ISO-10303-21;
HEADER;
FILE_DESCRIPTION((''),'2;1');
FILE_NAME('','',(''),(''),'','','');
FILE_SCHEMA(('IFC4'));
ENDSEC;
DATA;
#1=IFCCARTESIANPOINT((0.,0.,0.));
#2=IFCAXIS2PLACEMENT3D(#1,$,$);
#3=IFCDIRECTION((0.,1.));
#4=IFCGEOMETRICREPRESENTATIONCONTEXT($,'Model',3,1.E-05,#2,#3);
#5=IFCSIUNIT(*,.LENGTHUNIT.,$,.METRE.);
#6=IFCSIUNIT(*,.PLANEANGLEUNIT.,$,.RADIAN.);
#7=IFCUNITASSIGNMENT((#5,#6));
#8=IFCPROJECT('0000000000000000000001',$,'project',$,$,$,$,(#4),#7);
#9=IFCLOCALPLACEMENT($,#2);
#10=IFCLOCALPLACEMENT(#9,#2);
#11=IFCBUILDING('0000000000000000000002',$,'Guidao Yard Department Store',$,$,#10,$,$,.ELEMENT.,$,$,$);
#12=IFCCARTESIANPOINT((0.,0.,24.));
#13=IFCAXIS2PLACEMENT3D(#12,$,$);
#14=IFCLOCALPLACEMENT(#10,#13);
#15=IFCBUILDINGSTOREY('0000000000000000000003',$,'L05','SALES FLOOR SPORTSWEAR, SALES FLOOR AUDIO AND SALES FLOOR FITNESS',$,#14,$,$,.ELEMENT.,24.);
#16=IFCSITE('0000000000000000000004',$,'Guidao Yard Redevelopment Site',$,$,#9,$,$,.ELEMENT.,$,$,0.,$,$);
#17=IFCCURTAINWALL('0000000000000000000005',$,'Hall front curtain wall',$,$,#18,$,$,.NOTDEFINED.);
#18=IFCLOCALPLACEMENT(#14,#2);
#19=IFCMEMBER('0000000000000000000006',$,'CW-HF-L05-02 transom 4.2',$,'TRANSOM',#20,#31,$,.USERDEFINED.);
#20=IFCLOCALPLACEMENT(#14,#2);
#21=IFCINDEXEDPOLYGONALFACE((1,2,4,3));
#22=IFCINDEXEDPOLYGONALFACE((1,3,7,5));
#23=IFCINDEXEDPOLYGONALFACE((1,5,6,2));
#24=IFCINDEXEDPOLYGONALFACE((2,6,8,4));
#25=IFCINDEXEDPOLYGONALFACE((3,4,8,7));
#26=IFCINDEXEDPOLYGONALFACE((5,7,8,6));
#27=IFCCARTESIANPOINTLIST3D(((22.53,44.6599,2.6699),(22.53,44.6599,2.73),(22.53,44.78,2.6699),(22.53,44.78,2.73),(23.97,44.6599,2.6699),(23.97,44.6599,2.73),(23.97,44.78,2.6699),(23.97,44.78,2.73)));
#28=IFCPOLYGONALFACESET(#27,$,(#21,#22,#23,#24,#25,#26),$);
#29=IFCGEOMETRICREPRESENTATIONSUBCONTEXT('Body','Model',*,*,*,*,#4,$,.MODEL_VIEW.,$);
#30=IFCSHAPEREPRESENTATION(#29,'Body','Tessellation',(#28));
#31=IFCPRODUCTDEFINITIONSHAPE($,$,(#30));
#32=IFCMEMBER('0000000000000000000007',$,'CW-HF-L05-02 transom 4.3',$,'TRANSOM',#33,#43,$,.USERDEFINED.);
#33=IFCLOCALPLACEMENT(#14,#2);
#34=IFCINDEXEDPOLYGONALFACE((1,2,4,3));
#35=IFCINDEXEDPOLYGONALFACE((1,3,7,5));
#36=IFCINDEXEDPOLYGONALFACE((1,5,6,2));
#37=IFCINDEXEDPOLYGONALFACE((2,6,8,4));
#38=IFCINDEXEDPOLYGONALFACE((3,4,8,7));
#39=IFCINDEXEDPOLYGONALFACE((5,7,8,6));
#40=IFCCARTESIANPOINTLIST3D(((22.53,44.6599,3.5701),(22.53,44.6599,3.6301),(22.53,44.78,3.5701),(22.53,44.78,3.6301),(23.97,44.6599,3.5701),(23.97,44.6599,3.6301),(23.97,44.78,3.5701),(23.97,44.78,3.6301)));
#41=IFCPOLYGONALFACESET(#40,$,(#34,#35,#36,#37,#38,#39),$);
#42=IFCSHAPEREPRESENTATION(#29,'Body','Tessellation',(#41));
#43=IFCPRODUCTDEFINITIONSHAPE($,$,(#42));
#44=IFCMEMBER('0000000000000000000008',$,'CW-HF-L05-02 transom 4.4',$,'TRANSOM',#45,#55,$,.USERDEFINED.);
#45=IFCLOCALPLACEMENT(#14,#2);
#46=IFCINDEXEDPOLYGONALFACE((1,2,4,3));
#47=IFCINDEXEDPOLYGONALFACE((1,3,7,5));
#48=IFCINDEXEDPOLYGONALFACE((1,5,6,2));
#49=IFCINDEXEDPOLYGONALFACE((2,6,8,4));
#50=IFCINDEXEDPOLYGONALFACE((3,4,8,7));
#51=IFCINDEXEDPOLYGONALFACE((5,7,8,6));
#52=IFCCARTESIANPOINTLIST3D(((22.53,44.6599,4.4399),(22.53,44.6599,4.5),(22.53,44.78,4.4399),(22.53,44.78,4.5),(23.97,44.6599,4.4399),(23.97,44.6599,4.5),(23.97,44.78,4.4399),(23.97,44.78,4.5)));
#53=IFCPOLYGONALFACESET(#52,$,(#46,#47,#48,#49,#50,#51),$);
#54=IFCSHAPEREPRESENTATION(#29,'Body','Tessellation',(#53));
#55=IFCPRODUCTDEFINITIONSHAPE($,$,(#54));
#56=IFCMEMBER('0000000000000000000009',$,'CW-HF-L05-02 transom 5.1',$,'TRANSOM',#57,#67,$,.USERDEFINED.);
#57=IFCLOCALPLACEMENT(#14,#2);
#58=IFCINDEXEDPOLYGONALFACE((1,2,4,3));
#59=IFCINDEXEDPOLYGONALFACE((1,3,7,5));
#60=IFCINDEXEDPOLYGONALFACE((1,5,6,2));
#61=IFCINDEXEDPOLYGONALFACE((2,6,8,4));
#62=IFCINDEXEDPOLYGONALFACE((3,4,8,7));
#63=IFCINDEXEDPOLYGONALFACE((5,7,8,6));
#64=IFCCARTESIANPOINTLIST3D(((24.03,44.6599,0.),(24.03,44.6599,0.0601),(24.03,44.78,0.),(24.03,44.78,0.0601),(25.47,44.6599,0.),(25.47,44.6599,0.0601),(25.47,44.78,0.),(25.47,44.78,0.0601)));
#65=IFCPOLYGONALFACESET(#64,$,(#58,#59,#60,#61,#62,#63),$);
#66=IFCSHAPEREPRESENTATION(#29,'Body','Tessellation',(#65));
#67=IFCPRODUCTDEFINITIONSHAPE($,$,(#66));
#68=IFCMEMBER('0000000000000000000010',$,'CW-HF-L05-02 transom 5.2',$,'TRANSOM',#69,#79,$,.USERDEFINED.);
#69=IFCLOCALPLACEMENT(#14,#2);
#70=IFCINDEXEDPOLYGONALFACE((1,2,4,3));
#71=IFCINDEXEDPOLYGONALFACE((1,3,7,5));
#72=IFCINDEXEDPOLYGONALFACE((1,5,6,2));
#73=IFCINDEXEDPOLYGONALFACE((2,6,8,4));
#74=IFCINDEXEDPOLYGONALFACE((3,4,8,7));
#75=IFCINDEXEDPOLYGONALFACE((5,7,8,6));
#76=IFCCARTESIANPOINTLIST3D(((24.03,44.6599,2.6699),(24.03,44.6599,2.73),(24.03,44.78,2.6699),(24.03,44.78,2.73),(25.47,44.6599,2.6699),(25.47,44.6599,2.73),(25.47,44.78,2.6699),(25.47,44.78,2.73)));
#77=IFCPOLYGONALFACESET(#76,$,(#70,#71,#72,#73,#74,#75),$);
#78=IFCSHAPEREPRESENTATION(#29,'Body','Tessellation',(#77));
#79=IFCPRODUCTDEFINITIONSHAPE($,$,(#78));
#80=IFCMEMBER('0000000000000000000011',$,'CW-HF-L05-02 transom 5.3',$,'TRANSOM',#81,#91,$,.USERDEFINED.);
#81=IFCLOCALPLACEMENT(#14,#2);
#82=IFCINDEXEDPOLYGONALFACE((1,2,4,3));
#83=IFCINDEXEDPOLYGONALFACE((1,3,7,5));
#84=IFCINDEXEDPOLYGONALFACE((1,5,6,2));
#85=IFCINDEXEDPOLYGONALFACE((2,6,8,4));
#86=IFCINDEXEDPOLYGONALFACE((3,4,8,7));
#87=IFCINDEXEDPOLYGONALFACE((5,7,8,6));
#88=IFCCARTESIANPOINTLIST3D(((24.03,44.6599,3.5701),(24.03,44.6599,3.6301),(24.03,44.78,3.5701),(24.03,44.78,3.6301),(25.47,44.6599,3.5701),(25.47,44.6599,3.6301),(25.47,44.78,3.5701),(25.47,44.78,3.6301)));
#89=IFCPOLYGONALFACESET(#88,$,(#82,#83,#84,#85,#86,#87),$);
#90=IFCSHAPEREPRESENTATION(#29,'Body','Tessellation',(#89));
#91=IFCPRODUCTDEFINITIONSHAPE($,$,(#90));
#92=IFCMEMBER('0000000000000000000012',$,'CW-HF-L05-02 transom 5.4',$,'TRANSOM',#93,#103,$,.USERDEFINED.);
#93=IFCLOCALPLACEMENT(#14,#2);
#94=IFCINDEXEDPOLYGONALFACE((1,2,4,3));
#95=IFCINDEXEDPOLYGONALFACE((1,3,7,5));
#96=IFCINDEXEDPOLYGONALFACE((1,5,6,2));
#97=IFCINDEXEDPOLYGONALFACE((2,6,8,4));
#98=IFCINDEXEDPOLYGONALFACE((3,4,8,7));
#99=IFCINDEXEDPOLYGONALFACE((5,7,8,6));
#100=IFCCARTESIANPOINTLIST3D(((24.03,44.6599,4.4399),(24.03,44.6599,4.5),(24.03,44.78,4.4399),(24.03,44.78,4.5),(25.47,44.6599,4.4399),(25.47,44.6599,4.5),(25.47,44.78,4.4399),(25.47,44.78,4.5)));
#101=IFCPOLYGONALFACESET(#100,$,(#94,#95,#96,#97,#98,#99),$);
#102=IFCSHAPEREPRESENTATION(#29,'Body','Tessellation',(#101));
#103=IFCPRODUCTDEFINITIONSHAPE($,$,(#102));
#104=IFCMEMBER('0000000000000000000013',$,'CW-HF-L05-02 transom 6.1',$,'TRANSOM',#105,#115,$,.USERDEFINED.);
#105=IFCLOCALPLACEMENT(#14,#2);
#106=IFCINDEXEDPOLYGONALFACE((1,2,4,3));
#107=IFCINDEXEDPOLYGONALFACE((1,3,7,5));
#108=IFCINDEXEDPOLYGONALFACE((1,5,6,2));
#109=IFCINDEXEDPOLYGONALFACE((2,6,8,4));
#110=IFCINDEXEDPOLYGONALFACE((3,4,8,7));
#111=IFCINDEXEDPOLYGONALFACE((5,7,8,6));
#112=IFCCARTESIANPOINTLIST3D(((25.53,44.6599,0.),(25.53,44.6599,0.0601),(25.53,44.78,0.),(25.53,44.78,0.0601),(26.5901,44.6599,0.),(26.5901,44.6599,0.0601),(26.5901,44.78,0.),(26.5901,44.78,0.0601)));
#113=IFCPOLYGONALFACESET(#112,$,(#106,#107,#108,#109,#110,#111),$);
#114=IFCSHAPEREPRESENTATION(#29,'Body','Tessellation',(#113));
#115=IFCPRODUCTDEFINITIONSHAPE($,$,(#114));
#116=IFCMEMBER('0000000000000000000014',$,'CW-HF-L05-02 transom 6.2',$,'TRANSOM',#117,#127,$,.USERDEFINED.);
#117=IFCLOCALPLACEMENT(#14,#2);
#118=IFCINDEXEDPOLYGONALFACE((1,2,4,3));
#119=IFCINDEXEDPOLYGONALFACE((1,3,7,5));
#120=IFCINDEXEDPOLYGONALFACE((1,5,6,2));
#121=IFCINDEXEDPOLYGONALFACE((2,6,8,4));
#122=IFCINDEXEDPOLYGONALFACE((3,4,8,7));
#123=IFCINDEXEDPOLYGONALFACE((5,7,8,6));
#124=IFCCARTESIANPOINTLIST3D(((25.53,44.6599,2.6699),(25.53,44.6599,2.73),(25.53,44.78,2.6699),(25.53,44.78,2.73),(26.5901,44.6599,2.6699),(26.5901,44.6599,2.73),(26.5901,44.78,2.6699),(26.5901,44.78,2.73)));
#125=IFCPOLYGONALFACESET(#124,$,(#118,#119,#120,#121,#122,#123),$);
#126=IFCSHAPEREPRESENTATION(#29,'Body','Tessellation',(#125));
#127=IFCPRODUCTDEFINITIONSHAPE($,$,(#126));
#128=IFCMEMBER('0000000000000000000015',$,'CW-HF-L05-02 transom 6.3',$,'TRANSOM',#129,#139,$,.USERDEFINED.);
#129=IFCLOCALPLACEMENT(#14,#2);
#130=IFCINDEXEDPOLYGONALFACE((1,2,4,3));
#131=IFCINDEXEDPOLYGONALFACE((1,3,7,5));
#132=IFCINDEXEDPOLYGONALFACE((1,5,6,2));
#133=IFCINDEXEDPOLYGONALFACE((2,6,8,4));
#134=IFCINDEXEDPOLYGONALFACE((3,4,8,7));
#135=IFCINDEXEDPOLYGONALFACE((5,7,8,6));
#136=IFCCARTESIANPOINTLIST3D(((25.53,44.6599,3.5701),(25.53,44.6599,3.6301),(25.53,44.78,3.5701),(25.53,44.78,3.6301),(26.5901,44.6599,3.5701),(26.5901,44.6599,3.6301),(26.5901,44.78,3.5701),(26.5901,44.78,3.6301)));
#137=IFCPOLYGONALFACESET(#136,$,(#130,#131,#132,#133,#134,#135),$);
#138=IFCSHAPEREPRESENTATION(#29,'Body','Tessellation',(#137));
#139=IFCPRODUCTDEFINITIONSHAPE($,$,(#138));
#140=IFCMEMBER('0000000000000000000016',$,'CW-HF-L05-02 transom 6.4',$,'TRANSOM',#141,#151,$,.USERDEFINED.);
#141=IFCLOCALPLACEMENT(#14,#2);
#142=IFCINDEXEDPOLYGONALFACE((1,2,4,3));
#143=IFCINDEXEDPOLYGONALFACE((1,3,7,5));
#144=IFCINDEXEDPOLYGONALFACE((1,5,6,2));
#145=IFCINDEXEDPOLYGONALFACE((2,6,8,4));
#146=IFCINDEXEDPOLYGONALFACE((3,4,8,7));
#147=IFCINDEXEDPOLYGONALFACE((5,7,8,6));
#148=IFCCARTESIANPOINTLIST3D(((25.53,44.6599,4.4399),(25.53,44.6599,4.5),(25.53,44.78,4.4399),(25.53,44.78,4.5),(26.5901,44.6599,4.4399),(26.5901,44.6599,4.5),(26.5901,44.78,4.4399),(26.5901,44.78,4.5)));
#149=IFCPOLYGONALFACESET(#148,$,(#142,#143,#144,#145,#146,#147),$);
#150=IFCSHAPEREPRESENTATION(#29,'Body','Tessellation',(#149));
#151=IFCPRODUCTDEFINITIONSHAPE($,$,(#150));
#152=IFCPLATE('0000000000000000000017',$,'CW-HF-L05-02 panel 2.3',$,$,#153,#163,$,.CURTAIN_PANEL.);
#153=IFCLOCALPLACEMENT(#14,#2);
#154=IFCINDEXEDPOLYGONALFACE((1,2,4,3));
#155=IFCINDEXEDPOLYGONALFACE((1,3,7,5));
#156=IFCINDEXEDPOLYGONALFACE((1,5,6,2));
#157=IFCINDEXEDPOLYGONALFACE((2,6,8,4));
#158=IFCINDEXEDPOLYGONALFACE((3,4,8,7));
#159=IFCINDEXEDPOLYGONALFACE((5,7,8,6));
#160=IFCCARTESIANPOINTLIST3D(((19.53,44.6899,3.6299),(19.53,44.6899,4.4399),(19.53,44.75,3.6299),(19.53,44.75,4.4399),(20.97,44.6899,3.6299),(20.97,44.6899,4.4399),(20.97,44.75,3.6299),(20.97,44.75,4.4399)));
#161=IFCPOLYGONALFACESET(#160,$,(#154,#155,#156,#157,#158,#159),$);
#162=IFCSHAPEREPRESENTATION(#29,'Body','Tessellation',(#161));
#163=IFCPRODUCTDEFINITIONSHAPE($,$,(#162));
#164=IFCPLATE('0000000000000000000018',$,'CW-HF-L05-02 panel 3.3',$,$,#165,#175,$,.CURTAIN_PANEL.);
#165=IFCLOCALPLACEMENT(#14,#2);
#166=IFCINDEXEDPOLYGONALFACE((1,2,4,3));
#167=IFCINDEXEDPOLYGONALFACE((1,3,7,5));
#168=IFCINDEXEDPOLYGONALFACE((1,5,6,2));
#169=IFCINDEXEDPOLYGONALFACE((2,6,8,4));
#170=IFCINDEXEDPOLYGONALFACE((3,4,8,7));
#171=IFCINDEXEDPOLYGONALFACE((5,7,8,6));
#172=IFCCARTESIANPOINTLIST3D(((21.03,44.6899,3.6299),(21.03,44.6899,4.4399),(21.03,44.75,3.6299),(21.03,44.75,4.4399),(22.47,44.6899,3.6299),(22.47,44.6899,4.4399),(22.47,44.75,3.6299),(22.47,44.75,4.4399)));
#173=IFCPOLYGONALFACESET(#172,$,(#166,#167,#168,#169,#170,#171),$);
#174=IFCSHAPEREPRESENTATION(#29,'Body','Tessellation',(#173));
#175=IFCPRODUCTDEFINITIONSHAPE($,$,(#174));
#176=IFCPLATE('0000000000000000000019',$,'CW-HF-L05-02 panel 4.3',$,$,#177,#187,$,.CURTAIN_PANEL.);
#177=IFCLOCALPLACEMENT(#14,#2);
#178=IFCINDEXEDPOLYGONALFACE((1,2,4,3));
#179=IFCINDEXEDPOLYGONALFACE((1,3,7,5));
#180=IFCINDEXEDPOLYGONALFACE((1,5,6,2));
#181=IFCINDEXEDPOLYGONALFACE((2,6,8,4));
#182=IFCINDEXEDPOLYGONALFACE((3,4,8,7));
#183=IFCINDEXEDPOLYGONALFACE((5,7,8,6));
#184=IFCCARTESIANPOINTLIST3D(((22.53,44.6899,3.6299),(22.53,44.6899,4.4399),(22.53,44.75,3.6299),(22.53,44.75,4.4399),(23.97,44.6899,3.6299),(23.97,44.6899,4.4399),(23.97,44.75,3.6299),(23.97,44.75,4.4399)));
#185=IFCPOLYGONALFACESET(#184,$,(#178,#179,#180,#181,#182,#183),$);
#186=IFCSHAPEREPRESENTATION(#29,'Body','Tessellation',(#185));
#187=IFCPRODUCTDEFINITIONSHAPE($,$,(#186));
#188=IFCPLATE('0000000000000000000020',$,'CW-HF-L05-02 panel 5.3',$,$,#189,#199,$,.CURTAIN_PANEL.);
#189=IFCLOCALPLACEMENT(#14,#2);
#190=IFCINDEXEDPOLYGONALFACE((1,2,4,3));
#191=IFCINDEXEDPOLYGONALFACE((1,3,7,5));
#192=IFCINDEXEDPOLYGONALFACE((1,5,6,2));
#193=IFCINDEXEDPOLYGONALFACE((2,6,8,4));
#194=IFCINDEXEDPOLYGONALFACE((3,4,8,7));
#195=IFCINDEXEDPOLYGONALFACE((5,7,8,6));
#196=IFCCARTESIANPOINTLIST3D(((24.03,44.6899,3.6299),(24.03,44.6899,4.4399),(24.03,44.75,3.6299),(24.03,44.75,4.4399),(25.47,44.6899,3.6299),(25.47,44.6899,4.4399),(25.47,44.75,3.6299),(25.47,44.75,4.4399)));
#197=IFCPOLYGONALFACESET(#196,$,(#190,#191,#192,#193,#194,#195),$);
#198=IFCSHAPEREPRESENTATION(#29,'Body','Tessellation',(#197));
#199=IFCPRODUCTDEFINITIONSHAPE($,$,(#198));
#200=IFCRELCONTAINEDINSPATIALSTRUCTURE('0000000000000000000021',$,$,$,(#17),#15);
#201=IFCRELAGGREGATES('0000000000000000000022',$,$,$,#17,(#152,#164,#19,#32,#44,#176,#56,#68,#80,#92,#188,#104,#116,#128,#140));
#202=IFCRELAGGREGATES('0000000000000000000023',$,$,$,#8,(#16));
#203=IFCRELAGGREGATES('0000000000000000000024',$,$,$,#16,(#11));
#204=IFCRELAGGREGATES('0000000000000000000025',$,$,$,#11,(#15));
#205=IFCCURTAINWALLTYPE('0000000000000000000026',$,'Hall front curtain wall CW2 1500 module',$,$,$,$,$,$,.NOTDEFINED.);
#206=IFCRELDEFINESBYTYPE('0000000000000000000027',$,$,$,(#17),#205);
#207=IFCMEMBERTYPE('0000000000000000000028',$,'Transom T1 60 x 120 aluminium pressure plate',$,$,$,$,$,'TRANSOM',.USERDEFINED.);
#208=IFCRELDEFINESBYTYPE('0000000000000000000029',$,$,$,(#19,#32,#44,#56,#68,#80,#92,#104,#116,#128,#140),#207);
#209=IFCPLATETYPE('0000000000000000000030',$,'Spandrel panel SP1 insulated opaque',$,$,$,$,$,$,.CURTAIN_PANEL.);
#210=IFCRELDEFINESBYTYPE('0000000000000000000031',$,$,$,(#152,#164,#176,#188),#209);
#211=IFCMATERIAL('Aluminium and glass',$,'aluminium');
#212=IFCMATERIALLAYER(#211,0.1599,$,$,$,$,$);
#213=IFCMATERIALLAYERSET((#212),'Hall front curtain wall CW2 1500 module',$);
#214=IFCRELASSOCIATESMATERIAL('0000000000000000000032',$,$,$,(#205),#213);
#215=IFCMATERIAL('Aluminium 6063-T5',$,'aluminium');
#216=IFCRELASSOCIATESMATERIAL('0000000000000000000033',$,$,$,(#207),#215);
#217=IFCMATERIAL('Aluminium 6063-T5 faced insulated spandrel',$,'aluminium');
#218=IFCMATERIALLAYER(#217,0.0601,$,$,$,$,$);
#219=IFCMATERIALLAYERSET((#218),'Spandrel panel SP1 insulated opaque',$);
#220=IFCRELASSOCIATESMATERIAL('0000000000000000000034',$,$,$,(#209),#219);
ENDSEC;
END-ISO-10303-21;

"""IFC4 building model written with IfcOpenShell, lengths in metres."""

from ifc_helpers import new_model, si_unit, direction, frame, origin, origin_2d, place, context, subcontext, project, spatial, rectangle, extrude, material, layer, layer_set, material_profile, profile_set, type_object, element, aggregate, save


model = new_model("IFC4")

# Units and contexts
model_context = context("Model", 3, precision=1e-05, world=origin(), true_north=direction((0.0, 1.0)))
body_context = subcontext(model_context, "Body", "Model", "MODEL_VIEW")
ifc_project = project(units=[si_unit("LENGTHUNIT", "METRE"), si_unit("PLANEANGLEUNIT", "RADIAN")], contexts=[model_context])

# Site, building, storey
site_placement = place(None, origin())
site = spatial("IfcSite", under=ifc_project, at=site_placement, Name="Guidao Yard Redevelopment Site", CompositionType="ELEMENT", RefElevation=0.0)
building_placement = place(site_placement, origin())
building = spatial("IfcBuilding", under=site, at=building_placement, Name="Guidao Yard Department Store", CompositionType="ELEMENT")
storey_placement = place(building_placement, frame((0.0, 0.0, 24.0)))
storey = spatial("IfcBuildingStorey", under=building, at=storey_placement, Name="L05", Description="SALES FLOOR SPORTSWEAR, SALES FLOOR AUDIO AND SALES FLOOR FITNESS", CompositionType="ELEMENT", Elevation=24.0)

# Curtain wall
ifc_material_1 = material(Name="Aluminium and glass", Category="aluminium")
ifc_layer_1 = layer(ifc_material_1, 0.1599)
ifc_layer_set_1 = layer_set([ifc_layer_1], Name="Hall front curtain wall CW2 1500 module")
curtain_wall_type = type_object("IfcCurtainWallType", Name="Hall front curtain wall CW2 1500 module", PredefinedType="NOTDEFINED", material=ifc_layer_set_1)
curtain_wall_1_placement = place(storey_placement, origin())
curtain_wall_1 = element("IfcCurtainWall", 1, at=curtain_wall_1_placement, inside=storey, type_object=curtain_wall_type, Name="Hall front curtain wall", PredefinedType="NOTDEFINED")

# Members
ifc_material_2 = material(Name="Aluminium 6063-T5", Category="aluminium")
ifc_material_profile_1 = material_profile(ifc_material_2, rectangle(XDim=0.1201, YDim=0.0601, at=origin_2d()), Name="Transom T1 60 x 120 aluminium pressure plate")
ifc_profile_set_1 = profile_set([ifc_material_profile_1], Name="Aluminium 6063-T5")
member_type_1 = type_object("IfcMemberType", Name="Transom T1 60 x 120 aluminium pressure plate", ElementType="TRANSOM", PredefinedType="USERDEFINED", material=ifc_profile_set_1)
member_1_placement = place(storey_placement, frame((23.97, 44.72, 2.7), z_axis=(-1.0, 0.0, 0.0), x_axis=(0.0, -1.0, 0.0)))
member_1 = element("IfcMember", 2, at=member_1_placement, type_object=member_type_1, Name="CW-HF-L05-02 transom 4.2", ObjectType="TRANSOM", PredefinedType="USERDEFINED", context=body_context, shape_type="SweptSolid", body=[
    extrude(rectangle(XDim=0.1201, YDim=0.0601, at=origin_2d()), origin(), (0.0, 0.0, 1.0), 1.4399),
])
member_2_placement = place(storey_placement, frame((23.97, 44.72, 3.6001), z_axis=(-1.0, 0.0, 0.0), x_axis=(0.0, -1.0, 0.0)))
member_2 = element("IfcMember", 3, at=member_2_placement, type_object=member_type_1, Name="CW-HF-L05-02 transom 4.3", ObjectType="TRANSOM", PredefinedType="USERDEFINED", context=body_context, shape_type="SweptSolid", body=[
    extrude(rectangle(XDim=0.1201, YDim=0.0601, at=origin_2d()), origin(), (0.0, 0.0, 1.0), 1.4399),
])
member_3_placement = place(storey_placement, frame((23.97, 44.72, 4.47), z_axis=(-1.0, 0.0, 0.0), x_axis=(0.0, -1.0, 0.0)))
member_3 = element("IfcMember", 4, at=member_3_placement, type_object=member_type_1, Name="CW-HF-L05-02 transom 4.4", ObjectType="TRANSOM", PredefinedType="USERDEFINED", context=body_context, shape_type="SweptSolid", body=[
    extrude(rectangle(XDim=0.1201, YDim=0.0601, at=origin_2d()), origin(), (0.0, 0.0, 1.0), 1.4399),
])
member_4_placement = place(storey_placement, frame((25.47, 44.72, 0.03), z_axis=(-1.0, 0.0, 0.0), x_axis=(0.0, -1.0, 0.0)))
member_4 = element("IfcMember", 5, at=member_4_placement, type_object=member_type_1, Name="CW-HF-L05-02 transom 5.1", ObjectType="TRANSOM", PredefinedType="USERDEFINED", context=body_context, shape_type="SweptSolid", body=[
    extrude(rectangle(XDim=0.1201, YDim=0.0601, at=origin_2d()), origin(), (0.0, 0.0, 1.0), 1.4399),
])
member_5_placement = place(storey_placement, frame((25.47, 44.72, 2.7), z_axis=(-1.0, 0.0, 0.0), x_axis=(0.0, -1.0, 0.0)))
member_5 = element("IfcMember", 6, at=member_5_placement, type_object=member_type_1, Name="CW-HF-L05-02 transom 5.2", ObjectType="TRANSOM", PredefinedType="USERDEFINED", context=body_context, shape_type="SweptSolid", body=[
    extrude(rectangle(XDim=0.1201, YDim=0.0601, at=origin_2d()), origin(), (0.0, 0.0, 1.0), 1.4399),
])
member_6_placement = place(storey_placement, frame((25.47, 44.72, 3.6001), z_axis=(-1.0, 0.0, 0.0), x_axis=(0.0, -1.0, 0.0)))
member_6 = element("IfcMember", 7, at=member_6_placement, type_object=member_type_1, Name="CW-HF-L05-02 transom 5.3", ObjectType="TRANSOM", PredefinedType="USERDEFINED", context=body_context, shape_type="SweptSolid", body=[
    extrude(rectangle(XDim=0.1201, YDim=0.0601, at=origin_2d()), origin(), (0.0, 0.0, 1.0), 1.4399),
])
member_7_placement = place(storey_placement, frame((25.47, 44.72, 4.47), z_axis=(-1.0, 0.0, 0.0), x_axis=(0.0, -1.0, 0.0)))
member_7 = element("IfcMember", 8, at=member_7_placement, type_object=member_type_1, Name="CW-HF-L05-02 transom 5.4", ObjectType="TRANSOM", PredefinedType="USERDEFINED", context=body_context, shape_type="SweptSolid", body=[
    extrude(rectangle(XDim=0.1201, YDim=0.0601, at=origin_2d()), origin(), (0.0, 0.0, 1.0), 1.4399),
])
member_8_placement = place(storey_placement, frame((26.5901, 44.72, 0.03), z_axis=(-1.0, 0.0, 0.0), x_axis=(0.0, -1.0, 0.0)))
member_8 = element("IfcMember", 9, at=member_8_placement, type_object=member_type_1, Name="CW-HF-L05-02 transom 6.1", ObjectType="TRANSOM", PredefinedType="USERDEFINED", context=body_context, shape_type="SweptSolid", body=[
    extrude(rectangle(XDim=0.1201, YDim=0.0601, at=origin_2d()), origin(), (0.0, 0.0, 1.0), 1.0601),
])
member_9_placement = place(storey_placement, frame((26.5901, 44.72, 2.7), z_axis=(-1.0, 0.0, 0.0), x_axis=(0.0, -1.0, 0.0)))
member_9 = element("IfcMember", 10, at=member_9_placement, type_object=member_type_1, Name="CW-HF-L05-02 transom 6.2", ObjectType="TRANSOM", PredefinedType="USERDEFINED", context=body_context, shape_type="SweptSolid", body=[
    extrude(rectangle(XDim=0.1201, YDim=0.0601, at=origin_2d()), origin(), (0.0, 0.0, 1.0), 1.0601),
])
member_10_placement = place(storey_placement, frame((26.5901, 44.72, 3.6001), z_axis=(-1.0, 0.0, 0.0), x_axis=(0.0, -1.0, 0.0)))
member_10 = element("IfcMember", 11, at=member_10_placement, type_object=member_type_1, Name="CW-HF-L05-02 transom 6.3", ObjectType="TRANSOM", PredefinedType="USERDEFINED", context=body_context, shape_type="SweptSolid", body=[
    extrude(rectangle(XDim=0.1201, YDim=0.0601, at=origin_2d()), origin(), (0.0, 0.0, 1.0), 1.0601),
])
member_11_placement = place(storey_placement, frame((26.5901, 44.72, 4.47), z_axis=(-1.0, 0.0, 0.0), x_axis=(0.0, -1.0, 0.0)))
member_11 = element("IfcMember", 12, at=member_11_placement, type_object=member_type_1, Name="CW-HF-L05-02 transom 6.4", ObjectType="TRANSOM", PredefinedType="USERDEFINED", context=body_context, shape_type="SweptSolid", body=[
    extrude(rectangle(XDim=0.1201, YDim=0.0601, at=origin_2d()), origin(), (0.0, 0.0, 1.0), 1.0601),
])

# Plates
ifc_material_3 = material(Name="Aluminium 6063-T5 faced insulated spandrel", Category="aluminium")
ifc_layer_2 = layer(ifc_material_3, 0.0601)
ifc_layer_set_2 = layer_set([ifc_layer_2], Name="Spandrel panel SP1 insulated opaque")
plate_type_1 = type_object("IfcPlateType", Name="Spandrel panel SP1 insulated opaque", PredefinedType="CURTAIN_PANEL", material=ifc_layer_set_2)
plate_1_placement = place(storey_placement, frame((20.25, 44.72, 3.6299), z_axis=(0.0, 0.0, 1.0), x_axis=(-1.0, 0.0, 0.0)))
plate_1 = element("IfcPlate", 13, at=plate_1_placement, type_object=plate_type_1, Name="CW-HF-L05-02 panel 2.3", PredefinedType="CURTAIN_PANEL", context=body_context, shape_type="SweptSolid", body=[
    extrude(rectangle(XDim=1.4399, YDim=0.0601, at=origin_2d()), origin(), (0.0, 0.0, 1.0), 0.8101),
])
plate_2_placement = place(storey_placement, frame((21.75, 44.72, 3.6299), z_axis=(0.0, 0.0, 1.0), x_axis=(-1.0, 0.0, 0.0)))
plate_2 = element("IfcPlate", 14, at=plate_2_placement, type_object=plate_type_1, Name="CW-HF-L05-02 panel 3.3", PredefinedType="CURTAIN_PANEL", context=body_context, shape_type="SweptSolid", body=[
    extrude(rectangle(XDim=1.4399, YDim=0.0601, at=origin_2d()), origin(), (0.0, 0.0, 1.0), 0.8101),
])
plate_3_placement = place(storey_placement, frame((23.25, 44.72, 3.6299), z_axis=(0.0, 0.0, 1.0), x_axis=(-1.0, 0.0, 0.0)))
plate_3 = element("IfcPlate", 15, at=plate_3_placement, type_object=plate_type_1, Name="CW-HF-L05-02 panel 4.3", PredefinedType="CURTAIN_PANEL", context=body_context, shape_type="SweptSolid", body=[
    extrude(rectangle(XDim=1.4399, YDim=0.0601, at=origin_2d()), origin(), (0.0, 0.0, 1.0), 0.8101),
])
plate_4_placement = place(storey_placement, frame((24.75, 44.72, 3.6299), z_axis=(0.0, 0.0, 1.0), x_axis=(-1.0, 0.0, 0.0)))
plate_4 = element("IfcPlate", 16, at=plate_4_placement, type_object=plate_type_1, Name="CW-HF-L05-02 panel 5.3", PredefinedType="CURTAIN_PANEL", context=body_context, shape_type="SweptSolid", body=[
    extrude(rectangle(XDim=1.4399, YDim=0.0601, at=origin_2d()), origin(), (0.0, 0.0, 1.0), 0.8101),
])
aggregate(curtain_wall_1, [plate_1, plate_2, member_1, member_2, member_3, plate_3, member_4, member_5, member_6, member_7, plate_4, member_8, member_9, member_10, member_11])

save(model, "model.ifc")
